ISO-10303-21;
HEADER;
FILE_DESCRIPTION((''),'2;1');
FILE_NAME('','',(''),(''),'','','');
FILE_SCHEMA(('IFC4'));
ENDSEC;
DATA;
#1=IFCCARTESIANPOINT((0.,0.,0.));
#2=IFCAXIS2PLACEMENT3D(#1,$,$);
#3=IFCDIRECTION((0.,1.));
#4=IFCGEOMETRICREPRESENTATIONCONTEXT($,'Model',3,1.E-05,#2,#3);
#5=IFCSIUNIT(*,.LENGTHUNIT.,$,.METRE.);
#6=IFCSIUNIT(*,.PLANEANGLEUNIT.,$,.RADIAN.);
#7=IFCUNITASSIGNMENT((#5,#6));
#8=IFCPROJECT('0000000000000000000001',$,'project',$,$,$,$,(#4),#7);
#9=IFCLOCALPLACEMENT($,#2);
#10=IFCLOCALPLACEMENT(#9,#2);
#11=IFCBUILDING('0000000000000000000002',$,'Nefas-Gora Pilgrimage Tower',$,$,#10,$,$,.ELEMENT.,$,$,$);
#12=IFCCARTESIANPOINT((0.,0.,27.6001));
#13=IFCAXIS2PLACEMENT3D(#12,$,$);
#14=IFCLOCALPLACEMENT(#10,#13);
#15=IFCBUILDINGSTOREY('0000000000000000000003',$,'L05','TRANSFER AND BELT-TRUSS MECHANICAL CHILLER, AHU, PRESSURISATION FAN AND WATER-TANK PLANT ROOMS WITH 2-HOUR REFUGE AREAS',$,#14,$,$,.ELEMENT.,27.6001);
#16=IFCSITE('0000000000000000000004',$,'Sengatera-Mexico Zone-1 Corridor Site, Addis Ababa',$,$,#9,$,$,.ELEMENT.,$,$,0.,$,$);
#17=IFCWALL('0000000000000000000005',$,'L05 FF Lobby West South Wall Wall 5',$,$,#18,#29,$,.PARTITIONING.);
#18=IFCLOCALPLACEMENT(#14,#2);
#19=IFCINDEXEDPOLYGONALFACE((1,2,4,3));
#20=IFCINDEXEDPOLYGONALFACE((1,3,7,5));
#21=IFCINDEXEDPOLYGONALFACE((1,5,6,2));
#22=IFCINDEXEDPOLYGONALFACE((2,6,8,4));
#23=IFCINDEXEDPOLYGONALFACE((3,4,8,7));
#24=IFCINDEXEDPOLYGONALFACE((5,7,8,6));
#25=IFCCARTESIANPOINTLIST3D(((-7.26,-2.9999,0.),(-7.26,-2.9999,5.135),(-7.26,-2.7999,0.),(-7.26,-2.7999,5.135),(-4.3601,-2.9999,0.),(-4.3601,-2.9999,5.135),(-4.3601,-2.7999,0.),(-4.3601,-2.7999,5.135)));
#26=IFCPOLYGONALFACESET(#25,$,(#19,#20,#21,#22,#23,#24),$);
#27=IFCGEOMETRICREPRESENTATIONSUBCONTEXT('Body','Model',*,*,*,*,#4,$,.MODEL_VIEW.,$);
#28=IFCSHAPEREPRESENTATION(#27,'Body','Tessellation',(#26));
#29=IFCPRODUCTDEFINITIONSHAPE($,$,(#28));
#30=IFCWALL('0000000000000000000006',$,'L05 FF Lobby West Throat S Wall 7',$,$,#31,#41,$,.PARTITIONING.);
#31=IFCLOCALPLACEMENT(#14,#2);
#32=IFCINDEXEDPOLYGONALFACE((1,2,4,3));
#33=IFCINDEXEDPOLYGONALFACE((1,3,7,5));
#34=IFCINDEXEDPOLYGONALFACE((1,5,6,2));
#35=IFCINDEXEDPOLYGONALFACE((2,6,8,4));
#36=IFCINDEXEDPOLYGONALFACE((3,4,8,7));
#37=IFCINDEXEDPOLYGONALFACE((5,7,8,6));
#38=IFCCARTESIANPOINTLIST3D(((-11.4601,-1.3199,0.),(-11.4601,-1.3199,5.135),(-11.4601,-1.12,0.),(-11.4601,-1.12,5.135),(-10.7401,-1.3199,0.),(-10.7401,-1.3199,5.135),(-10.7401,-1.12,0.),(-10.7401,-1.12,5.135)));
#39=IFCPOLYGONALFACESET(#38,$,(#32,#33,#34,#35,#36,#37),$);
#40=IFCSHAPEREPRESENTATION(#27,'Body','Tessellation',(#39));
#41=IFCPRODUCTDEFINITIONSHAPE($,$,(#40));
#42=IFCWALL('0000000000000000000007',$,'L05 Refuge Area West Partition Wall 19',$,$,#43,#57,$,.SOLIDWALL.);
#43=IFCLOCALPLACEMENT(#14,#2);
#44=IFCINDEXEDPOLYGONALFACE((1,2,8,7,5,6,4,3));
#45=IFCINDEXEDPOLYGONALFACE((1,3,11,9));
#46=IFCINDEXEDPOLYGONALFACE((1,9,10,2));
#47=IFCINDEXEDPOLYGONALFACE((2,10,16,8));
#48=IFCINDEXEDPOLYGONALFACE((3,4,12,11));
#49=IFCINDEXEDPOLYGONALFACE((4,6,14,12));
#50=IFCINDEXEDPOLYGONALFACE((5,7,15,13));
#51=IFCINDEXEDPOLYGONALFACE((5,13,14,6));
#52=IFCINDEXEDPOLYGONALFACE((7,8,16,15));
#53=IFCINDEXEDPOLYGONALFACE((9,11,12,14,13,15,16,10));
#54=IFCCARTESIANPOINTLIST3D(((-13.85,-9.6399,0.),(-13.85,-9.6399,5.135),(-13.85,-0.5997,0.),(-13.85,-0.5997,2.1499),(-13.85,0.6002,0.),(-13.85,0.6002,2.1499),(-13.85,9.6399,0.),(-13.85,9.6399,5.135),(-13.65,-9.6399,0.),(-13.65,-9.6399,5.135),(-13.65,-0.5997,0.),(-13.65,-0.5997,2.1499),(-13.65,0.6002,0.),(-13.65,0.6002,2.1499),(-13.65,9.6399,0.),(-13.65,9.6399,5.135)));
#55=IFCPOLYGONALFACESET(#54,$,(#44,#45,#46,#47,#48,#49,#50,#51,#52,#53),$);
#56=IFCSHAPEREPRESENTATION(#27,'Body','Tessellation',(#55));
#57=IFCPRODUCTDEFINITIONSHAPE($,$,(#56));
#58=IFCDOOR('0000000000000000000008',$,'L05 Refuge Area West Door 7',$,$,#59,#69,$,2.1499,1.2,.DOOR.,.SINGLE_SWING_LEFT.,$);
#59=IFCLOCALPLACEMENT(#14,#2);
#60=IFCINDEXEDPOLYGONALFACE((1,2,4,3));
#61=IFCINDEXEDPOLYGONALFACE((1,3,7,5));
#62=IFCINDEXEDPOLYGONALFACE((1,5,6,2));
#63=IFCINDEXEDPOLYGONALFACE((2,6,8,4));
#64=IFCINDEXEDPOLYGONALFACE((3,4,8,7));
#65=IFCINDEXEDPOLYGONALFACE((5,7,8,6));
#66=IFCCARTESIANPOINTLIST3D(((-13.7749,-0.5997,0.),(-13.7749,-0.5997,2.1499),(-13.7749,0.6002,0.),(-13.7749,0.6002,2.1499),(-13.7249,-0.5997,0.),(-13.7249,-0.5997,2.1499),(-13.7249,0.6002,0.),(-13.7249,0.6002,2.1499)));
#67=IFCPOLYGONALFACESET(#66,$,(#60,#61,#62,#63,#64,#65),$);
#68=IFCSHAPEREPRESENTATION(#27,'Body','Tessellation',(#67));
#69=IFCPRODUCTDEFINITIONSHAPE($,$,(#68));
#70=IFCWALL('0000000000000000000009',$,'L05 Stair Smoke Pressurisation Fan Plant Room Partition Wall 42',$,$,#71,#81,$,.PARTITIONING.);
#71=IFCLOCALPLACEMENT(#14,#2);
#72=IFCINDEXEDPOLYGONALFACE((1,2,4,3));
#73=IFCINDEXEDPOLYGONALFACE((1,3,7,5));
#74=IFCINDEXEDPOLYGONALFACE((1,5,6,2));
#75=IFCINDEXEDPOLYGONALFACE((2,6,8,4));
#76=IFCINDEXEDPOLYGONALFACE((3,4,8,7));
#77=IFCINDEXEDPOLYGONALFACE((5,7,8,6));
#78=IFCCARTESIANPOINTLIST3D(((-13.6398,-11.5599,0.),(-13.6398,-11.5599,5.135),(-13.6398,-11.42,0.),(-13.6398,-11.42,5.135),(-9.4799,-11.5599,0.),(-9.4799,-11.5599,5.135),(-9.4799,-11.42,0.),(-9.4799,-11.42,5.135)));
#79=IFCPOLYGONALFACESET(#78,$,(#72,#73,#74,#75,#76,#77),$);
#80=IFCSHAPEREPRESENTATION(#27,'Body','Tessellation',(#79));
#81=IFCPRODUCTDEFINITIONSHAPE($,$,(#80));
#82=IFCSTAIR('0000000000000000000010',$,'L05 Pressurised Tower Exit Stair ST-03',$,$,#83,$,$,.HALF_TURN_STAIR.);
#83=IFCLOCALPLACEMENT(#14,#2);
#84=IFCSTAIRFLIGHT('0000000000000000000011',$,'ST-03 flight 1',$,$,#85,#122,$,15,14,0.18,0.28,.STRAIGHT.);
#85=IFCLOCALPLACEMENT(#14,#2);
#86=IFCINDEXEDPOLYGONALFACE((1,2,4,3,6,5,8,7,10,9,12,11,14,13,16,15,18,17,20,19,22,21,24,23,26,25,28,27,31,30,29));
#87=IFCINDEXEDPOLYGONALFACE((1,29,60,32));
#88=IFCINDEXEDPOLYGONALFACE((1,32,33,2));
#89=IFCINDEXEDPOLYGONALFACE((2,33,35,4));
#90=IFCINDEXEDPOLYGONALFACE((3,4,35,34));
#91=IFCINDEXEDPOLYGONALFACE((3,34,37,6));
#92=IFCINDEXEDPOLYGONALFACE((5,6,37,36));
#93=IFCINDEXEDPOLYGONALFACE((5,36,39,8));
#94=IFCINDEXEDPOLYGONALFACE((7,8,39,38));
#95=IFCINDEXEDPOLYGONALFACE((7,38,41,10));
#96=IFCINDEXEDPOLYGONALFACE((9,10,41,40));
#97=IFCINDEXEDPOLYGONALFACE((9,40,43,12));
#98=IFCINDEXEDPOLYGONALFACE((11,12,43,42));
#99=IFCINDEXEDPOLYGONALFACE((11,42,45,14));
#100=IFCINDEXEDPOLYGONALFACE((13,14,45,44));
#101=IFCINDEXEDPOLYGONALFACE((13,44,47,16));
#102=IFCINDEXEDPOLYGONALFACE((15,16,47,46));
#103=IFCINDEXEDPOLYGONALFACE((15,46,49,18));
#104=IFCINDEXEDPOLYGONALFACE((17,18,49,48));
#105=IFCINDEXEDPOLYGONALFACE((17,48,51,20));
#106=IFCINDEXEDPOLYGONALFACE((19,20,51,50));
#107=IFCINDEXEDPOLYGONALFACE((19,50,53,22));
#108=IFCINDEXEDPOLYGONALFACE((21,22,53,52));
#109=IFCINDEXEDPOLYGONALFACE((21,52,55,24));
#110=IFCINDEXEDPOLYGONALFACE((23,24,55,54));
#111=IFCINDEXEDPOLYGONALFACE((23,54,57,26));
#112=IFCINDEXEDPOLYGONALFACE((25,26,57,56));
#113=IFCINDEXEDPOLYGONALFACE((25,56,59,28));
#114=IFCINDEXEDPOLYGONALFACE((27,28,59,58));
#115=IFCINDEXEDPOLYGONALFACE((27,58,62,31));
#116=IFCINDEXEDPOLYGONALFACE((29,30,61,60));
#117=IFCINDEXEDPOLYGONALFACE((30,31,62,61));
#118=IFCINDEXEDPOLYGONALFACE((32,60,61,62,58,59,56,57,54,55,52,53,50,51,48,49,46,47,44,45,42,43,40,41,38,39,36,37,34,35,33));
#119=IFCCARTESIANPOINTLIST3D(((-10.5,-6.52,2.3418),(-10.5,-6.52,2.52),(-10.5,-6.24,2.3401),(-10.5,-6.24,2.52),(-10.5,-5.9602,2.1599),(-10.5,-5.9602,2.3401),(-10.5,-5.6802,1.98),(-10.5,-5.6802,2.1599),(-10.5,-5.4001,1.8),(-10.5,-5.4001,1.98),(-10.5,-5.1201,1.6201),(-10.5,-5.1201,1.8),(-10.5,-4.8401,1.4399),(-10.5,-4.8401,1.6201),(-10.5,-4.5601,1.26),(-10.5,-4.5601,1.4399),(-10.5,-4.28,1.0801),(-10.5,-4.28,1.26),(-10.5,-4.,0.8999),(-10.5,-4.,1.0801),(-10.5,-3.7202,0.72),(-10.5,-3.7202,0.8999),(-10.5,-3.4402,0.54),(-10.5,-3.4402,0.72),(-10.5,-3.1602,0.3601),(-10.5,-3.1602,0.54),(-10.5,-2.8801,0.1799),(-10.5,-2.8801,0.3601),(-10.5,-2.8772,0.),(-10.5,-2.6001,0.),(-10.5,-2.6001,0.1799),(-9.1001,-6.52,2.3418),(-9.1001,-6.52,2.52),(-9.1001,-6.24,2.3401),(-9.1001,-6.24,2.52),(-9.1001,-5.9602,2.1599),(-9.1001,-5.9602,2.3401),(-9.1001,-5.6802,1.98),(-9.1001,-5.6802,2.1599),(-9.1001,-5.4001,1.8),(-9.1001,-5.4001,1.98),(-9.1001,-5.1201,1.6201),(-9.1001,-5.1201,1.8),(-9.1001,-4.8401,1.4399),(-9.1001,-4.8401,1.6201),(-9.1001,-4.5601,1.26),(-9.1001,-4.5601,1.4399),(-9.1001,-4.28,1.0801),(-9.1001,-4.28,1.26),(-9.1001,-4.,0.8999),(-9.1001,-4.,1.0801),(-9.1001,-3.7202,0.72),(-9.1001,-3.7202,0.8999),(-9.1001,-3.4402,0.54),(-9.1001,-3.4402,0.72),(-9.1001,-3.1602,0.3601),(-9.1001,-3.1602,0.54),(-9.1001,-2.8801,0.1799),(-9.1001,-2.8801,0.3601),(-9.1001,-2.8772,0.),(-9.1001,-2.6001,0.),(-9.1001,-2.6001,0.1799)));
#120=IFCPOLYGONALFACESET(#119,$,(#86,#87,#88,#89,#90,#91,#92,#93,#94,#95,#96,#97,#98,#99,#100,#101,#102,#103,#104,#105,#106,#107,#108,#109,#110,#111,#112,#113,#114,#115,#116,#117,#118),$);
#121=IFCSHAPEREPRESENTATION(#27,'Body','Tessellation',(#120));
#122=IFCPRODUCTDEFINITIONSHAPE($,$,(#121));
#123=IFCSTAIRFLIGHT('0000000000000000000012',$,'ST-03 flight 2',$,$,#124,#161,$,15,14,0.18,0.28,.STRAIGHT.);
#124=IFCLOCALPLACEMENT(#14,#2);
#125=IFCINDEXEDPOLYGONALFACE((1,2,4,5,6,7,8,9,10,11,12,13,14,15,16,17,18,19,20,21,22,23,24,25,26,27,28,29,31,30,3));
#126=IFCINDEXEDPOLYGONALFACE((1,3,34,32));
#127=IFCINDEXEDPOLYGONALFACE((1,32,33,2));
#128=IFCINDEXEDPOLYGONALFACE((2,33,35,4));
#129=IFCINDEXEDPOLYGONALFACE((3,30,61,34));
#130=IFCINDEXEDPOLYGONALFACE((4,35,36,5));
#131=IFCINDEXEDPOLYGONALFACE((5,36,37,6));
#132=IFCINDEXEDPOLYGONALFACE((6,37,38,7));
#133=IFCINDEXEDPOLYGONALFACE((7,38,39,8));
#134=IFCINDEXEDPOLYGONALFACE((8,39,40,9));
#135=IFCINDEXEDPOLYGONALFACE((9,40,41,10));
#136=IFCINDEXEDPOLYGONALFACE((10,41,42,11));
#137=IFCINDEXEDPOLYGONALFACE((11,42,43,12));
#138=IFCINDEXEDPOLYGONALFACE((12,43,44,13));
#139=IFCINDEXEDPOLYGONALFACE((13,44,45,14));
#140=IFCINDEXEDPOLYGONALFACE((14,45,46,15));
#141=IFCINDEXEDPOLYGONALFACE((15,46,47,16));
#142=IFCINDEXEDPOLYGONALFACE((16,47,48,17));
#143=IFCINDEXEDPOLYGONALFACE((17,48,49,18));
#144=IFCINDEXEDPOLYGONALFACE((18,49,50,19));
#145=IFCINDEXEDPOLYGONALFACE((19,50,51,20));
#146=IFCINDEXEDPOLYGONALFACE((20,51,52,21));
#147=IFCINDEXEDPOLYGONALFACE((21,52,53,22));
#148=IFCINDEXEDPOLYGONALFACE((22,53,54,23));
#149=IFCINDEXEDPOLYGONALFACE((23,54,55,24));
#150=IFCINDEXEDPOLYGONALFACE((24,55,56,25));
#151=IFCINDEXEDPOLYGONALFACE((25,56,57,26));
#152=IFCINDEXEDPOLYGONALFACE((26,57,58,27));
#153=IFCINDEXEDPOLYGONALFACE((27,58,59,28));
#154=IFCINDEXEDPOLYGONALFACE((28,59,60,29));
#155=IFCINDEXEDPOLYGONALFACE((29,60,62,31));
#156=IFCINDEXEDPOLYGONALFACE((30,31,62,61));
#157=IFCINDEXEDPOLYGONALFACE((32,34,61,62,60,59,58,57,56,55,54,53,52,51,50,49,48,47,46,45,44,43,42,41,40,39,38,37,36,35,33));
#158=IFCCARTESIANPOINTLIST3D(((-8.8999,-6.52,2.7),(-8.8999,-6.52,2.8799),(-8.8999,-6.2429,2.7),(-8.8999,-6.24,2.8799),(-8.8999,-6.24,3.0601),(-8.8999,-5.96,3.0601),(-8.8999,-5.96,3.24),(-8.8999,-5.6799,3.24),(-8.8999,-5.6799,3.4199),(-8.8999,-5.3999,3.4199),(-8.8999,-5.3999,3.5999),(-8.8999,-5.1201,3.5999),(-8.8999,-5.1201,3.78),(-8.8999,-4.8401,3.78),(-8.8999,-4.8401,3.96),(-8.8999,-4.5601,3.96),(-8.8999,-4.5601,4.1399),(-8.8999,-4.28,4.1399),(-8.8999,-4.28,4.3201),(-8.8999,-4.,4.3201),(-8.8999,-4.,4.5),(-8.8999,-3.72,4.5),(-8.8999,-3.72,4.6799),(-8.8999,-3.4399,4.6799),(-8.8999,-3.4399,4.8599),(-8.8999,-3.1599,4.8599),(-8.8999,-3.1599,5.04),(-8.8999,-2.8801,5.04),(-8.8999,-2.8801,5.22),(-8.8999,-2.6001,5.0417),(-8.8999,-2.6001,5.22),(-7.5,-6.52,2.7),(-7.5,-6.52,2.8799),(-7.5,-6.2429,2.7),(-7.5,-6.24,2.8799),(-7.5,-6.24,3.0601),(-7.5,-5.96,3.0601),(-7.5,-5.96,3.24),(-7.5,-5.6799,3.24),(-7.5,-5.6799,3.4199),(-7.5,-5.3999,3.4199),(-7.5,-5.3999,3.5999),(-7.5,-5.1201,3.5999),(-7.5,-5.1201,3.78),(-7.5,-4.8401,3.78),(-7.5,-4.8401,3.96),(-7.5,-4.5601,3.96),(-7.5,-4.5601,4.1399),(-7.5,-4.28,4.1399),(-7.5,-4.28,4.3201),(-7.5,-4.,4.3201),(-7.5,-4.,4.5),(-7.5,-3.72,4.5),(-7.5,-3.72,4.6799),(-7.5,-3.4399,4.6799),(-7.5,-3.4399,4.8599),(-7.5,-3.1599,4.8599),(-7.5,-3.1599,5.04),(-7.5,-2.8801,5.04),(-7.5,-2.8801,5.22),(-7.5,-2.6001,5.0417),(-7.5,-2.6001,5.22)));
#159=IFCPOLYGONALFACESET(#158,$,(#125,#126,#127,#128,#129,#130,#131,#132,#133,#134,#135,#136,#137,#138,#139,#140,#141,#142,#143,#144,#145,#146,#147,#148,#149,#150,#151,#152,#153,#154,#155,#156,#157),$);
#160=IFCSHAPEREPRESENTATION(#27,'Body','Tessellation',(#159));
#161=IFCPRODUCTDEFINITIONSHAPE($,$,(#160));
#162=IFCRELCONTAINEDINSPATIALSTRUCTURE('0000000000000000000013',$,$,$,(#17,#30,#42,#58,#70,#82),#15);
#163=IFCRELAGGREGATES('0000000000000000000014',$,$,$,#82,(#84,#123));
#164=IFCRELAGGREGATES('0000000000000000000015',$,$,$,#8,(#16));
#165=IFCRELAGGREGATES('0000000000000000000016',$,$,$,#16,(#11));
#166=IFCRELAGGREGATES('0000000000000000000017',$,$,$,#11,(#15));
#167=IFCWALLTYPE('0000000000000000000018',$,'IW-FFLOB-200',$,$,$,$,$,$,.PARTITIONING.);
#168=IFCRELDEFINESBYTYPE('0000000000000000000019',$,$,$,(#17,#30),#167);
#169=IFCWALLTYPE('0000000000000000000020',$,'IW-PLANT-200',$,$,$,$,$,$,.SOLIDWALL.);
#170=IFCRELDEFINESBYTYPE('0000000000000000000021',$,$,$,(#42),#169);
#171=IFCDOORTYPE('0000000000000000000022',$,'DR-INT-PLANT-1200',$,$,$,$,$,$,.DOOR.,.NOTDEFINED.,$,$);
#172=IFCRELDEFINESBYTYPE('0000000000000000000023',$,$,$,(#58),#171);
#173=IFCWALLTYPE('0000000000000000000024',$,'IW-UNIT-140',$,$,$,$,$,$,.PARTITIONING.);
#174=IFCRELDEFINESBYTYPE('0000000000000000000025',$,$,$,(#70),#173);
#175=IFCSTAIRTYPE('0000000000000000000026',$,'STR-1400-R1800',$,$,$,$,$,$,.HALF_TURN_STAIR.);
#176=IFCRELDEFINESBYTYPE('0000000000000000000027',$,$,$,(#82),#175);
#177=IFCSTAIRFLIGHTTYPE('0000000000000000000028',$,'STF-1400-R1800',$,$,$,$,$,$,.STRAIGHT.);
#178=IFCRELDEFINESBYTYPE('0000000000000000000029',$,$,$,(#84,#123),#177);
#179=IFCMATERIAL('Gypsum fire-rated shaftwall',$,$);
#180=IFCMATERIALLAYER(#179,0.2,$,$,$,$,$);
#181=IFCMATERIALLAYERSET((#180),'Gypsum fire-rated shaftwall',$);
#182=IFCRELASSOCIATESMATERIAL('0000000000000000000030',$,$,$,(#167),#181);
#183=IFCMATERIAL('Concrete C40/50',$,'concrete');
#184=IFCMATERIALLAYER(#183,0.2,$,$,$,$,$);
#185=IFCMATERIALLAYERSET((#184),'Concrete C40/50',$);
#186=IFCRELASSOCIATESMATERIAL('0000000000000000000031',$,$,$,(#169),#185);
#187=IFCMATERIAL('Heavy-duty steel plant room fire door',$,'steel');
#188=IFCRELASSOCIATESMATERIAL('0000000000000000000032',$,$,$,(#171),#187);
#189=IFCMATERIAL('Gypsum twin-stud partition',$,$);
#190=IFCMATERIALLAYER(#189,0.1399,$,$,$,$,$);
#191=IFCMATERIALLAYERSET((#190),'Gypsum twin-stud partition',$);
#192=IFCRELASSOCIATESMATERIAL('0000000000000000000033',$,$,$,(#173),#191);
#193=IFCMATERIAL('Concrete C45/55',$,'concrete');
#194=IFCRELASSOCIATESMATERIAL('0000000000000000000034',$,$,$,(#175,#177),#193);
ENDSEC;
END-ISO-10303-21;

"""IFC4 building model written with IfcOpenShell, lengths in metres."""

from ifc_helpers import new_model, si_unit, direction, frame, frame_2d, origin, place, context, subcontext, project, spatial, polyline, rectangle, outline, extrude, source, transform, mapped, material, layer, layer_set, type_object, element, fill, aggregate, save


model = new_model("IFC4")

# Units and contexts
model_context = context("Model", 3, precision=1e-05, world=origin(), true_north=direction((0.0, 1.0)))
body_context = subcontext(model_context, "Body", "Model", "MODEL_VIEW")
ifc_project = project(units=[si_unit("LENGTHUNIT", "METRE"), si_unit("PLANEANGLEUNIT", "RADIAN")], contexts=[model_context])

# Site, building, storey
site_placement = place(None, origin())
site = spatial("IfcSite", under=ifc_project, at=site_placement, Name="Sengatera-Mexico Zone-1 Corridor Site, Addis Ababa", CompositionType="ELEMENT", RefElevation=0.0)
building_placement = place(site_placement, origin())
building = spatial("IfcBuilding", under=site, at=building_placement, Name="Nefas-Gora Pilgrimage Tower", CompositionType="ELEMENT")
storey_placement = place(building_placement, frame((0.0, 0.0, 27.6001)))
storey = spatial("IfcBuildingStorey", under=building, at=storey_placement, Name="L05", Description="TRANSFER AND BELT-TRUSS MECHANICAL CHILLER, AHU, PRESSURISATION FAN AND WATER-TANK PLANT ROOMS WITH 2-HOUR REFUGE AREAS", CompositionType="ELEMENT", Elevation=27.6001)

# Shared definitions
ifc_material_1 = material(Name="Concrete C45/55", Category="concrete")

# Shared definitions
ifc_material_2 = material(Name="Gypsum fire-rated shaftwall")
ifc_layer_1 = layer(ifc_material_2, 0.2)
ifc_layer_set_1 = layer_set([ifc_layer_1], Name="Gypsum fire-rated shaftwall")
wall_type_1 = type_object("IfcWallType", Name="IW-FFLOB-200", PredefinedType="PARTITIONING", material=ifc_layer_set_1)
shared_shape_1 = source(origin(), body_context, "Body", "SweptSolid", [
    extrude(rectangle(XDim=1.2, YDim=2.1499, at=frame_2d((0.6001, 1.075))), frame((0.0, 0.0249, 0.0), z_axis=(0.0, -1.0, 0.0), x_axis=(1.0, 0.0, 0.0)), (0.0, 0.0, 1.0), 0.05),
])

# Walls
shared_shape_2 = source(origin(), body_context, "Body", "SweptSolid", [
    extrude(rectangle(XDim=2.8999, YDim=0.2, at=frame_2d((1.45, 0.0))), origin(), (0.0, 0.0, 1.0), 5.135),
])
wall_1_placement = place(storey_placement, frame((-7.26, -2.8999, 0.0), z_axis=(0.0, 0.0, 1.0), x_axis=(1.0, 0.0, 0.0)))
element("IfcWall", 1, at=wall_1_placement, inside=storey, type_object=wall_type_1, Name="L05 FF Lobby West South Wall Wall 5", PredefinedType="PARTITIONING", context=body_context, shape_type="MappedRepresentation", body=[
    mapped(shared_shape_2, transform((0.0, 0.0, 0.0), x_axis=(1.0, 0.0, 0.0), y_axis=(0.0, 1.0, 0.0), z_axis=(0.0, 0.0, 1.0), scale=1.0)),
])
shared_shape_3 = source(origin(), body_context, "Body", "SweptSolid", [
    extrude(rectangle(XDim=0.72, YDim=0.2, at=frame_2d((0.3599, 0.0))), origin(), (0.0, 0.0, 1.0), 5.135),
])
wall_2_placement = place(storey_placement, frame((-11.46, -1.22, 0.0), z_axis=(0.0, 0.0, 1.0), x_axis=(1.0, 0.0, 0.0)))
element("IfcWall", 2, at=wall_2_placement, inside=storey, type_object=wall_type_1, Name="L05 FF Lobby West Throat S Wall 7", PredefinedType="PARTITIONING", context=body_context, shape_type="MappedRepresentation", body=[
    mapped(shared_shape_3, transform((0.0, 0.0, 0.0), x_axis=(1.0, 0.0, 0.0), y_axis=(0.0, 1.0, 0.0), z_axis=(0.0, 0.0, 1.0), scale=1.0)),
])

# Wall, opening, door
ifc_material_3 = material(Name="Concrete C40/50", Category="concrete")
ifc_layer_2 = layer(ifc_material_3, 0.2)
ifc_layer_set_2 = layer_set([ifc_layer_2], Name="Concrete C40/50")
wall_type_2 = type_object("IfcWallType", Name="IW-PLANT-200", PredefinedType="SOLIDWALL", material=ifc_layer_set_2)
shared_shape_4 = source(origin(), body_context, "Body", "SweptSolid", [
    extrude(rectangle(XDim=19.2798, YDim=0.2, at=frame_2d((9.6399, 0.0))), origin(), (0.0, 0.0, 1.0), 5.135),
])
wall_3_placement = place(storey_placement, frame((-13.75, -9.6399, 0.0), z_axis=(0.0, 0.0, 1.0), x_axis=(0.0, 1.0, 0.0)))
wall_3 = element("IfcWall", 3, at=wall_3_placement, inside=storey, type_object=wall_type_2, Name="L05 Refuge Area West Partition Wall 19", PredefinedType="SOLIDWALL", context=body_context, shape_type="MappedRepresentation", body=[
    mapped(shared_shape_4, transform((0.0, 0.0, 0.0), x_axis=(1.0, 0.0, 0.0), y_axis=(0.0, 1.0, 0.0), z_axis=(0.0, 0.0, 1.0), scale=1.0)),
])
opening_1_placement = place(wall_3_placement, frame((9.04, 0.0, 0.0)))
opening_1 = element("IfcOpeningElement", 4, at=opening_1_placement, cuts=wall_3, PredefinedType="OPENING", context=body_context, shape_type="SweptSolid", body=[
    extrude(rectangle(XDim=1.2, YDim=2.1499, at=frame_2d((0.6001, 1.075))), frame((0.0, 0.1099, 0.0), z_axis=(0.0, -1.0, 0.0), x_axis=(1.0, 0.0, 0.0)), (0.0, 0.0, 1.0), 0.22),
])
ifc_material_4 = material(Name="Heavy-duty steel plant room fire door", Category="steel")
door_type_1 = type_object("IfcDoorType", Name="DR-INT-PLANT-1200", OperationType="NOTDEFINED", PredefinedType="DOOR", material=ifc_material_4)
door_1_placement = place(opening_1_placement, origin())
door_1 = element("IfcDoor", 5, at=door_1_placement, inside=storey, type_object=door_type_1, Name="L05 Refuge Area West Door 7", OperationType="SINGLE_SWING_LEFT", OverallHeight=2.1499, OverallWidth=1.2, PredefinedType="DOOR", context=body_context, shape_type="MappedRepresentation", body=[
    mapped(shared_shape_1, transform((0.0, 0.0, 0.0), x_axis=(1.0, 0.0, 0.0), y_axis=(0.0, 1.0, 0.0), z_axis=(0.0, 0.0, 1.0), scale=1.0)),
])
fill(opening_1, door_1)

# Wall
ifc_material_5 = material(Name="Gypsum twin-stud partition")
ifc_layer_3 = layer(ifc_material_5, 0.1399)
ifc_layer_set_3 = layer_set([ifc_layer_3], Name="Gypsum twin-stud partition")
wall_type_3 = type_object("IfcWallType", Name="IW-UNIT-140", PredefinedType="PARTITIONING", material=ifc_layer_set_3)
shared_shape_5 = source(origin(), body_context, "Body", "SweptSolid", [
    extrude(rectangle(XDim=4.1599, YDim=0.1399, at=frame_2d((2.0801, 0.0))), origin(), (0.0, 0.0, 1.0), 5.135),
])
wall_4_placement = place(storey_placement, frame((-13.6399, -11.49, 0.0), z_axis=(0.0, 0.0, 1.0), x_axis=(1.0, 0.0, 0.0)))
element("IfcWall", 6, at=wall_4_placement, inside=storey, type_object=wall_type_3, Name="L05 Stair Smoke Pressurisation Fan Plant Room Partition Wall 42", PredefinedType="PARTITIONING", context=body_context, shape_type="MappedRepresentation", body=[
    mapped(shared_shape_5, transform((0.0, 0.0, 0.0), x_axis=(1.0, 0.0, 0.0), y_axis=(0.0, 1.0, 0.0), z_axis=(0.0, 0.0, 1.0), scale=1.0)),
])

# Stair, stair flights
stair_type = type_object("IfcStairType", Name="STR-1400-R1800", PredefinedType="HALF_TURN_STAIR", material=ifc_material_1)
stair_placement = place(storey_placement, origin())
stair = element("IfcStair", 7, at=stair_placement, inside=storey, type_object=stair_type, Name="L05 Pressurised Tower Exit Stair ST-03", PredefinedType="HALF_TURN_STAIR")
stair_flight_type = type_object("IfcStairFlightType", Name="STF-1400-R1800", PredefinedType="STRAIGHT", material=ifc_material_1)
shared_shape_6 = source(origin(), body_context, "Body", "SweptSolid", [
    extrude(outline(polyline([(0.0, 0.0), (0.0, 0.1799), (0.28, 0.1799), (0.28, 0.3601), (0.5601, 0.3601), (0.5601, 0.54), (0.8401, 0.54), (0.8401, 0.72), (1.1201, 0.72), (1.1201, 0.8999), (1.3999, 0.8999), (1.3999, 1.0801), (1.6799, 1.0801), (1.6799, 1.26), (1.96, 1.26), (1.96, 1.4399), (2.24, 1.4399), (2.24, 1.6201), (2.52, 1.6201), (2.52, 1.8), (2.8, 1.8), (2.8, 1.98), (3.0801, 1.98), (3.0801, 2.1599), (3.3601, 2.1599), (3.3601, 2.3401), (3.6399, 2.3401), (3.6399, 2.52), (3.9199, 2.52), (3.9199, 2.7), (3.9199, 2.3418), (0.2771, 0.0), (0.0, 0.0)])), frame((0.0, 0.7, 0.0), z_axis=(0.0, -1.0, 0.0), x_axis=(1.0, 0.0, 0.0)), (0.0, 0.0, 1.0), 1.3999),
])
stair_flight_1_placement = place(storey_placement, frame((-9.8, -2.6001, 0.0), z_axis=(0.0, 0.0, 1.0), x_axis=(0.0, -1.0, 0.0)))
stair_flight_1 = element("IfcStairFlight", 8, at=stair_flight_1_placement, type_object=stair_flight_type, Name="ST-03 flight 1", NumberOfRisers=15, NumberOfTreads=14, PredefinedType="STRAIGHT", RiserHeight=0.18, TreadLength=0.28, context=body_context, shape_type="MappedRepresentation", body=[
    mapped(shared_shape_6, transform((0.0, 0.0, 0.0), x_axis=(1.0, 0.0, 0.0), y_axis=(0.0, 1.0, 0.0), z_axis=(0.0, 0.0, 1.0), scale=1.0)),
])
stair_flight_2_placement = place(storey_placement, frame((-8.2, -6.52, 2.7), z_axis=(0.0, 0.0, 1.0), x_axis=(0.0, 1.0, 0.0)))
stair_flight_2 = element("IfcStairFlight", 9, at=stair_flight_2_placement, type_object=stair_flight_type, Name="ST-03 flight 2", NumberOfRisers=15, NumberOfTreads=14, PredefinedType="STRAIGHT", RiserHeight=0.18, TreadLength=0.28, context=body_context, shape_type="MappedRepresentation", body=[
    mapped(shared_shape_6, transform((0.0, 0.0, 0.0), x_axis=(1.0, 0.0, 0.0), y_axis=(0.0, 1.0, 0.0), z_axis=(0.0, 0.0, 1.0), scale=1.0)),
])
aggregate(stair, [stair_flight_1, stair_flight_2])

save(model, "model.ifc")
